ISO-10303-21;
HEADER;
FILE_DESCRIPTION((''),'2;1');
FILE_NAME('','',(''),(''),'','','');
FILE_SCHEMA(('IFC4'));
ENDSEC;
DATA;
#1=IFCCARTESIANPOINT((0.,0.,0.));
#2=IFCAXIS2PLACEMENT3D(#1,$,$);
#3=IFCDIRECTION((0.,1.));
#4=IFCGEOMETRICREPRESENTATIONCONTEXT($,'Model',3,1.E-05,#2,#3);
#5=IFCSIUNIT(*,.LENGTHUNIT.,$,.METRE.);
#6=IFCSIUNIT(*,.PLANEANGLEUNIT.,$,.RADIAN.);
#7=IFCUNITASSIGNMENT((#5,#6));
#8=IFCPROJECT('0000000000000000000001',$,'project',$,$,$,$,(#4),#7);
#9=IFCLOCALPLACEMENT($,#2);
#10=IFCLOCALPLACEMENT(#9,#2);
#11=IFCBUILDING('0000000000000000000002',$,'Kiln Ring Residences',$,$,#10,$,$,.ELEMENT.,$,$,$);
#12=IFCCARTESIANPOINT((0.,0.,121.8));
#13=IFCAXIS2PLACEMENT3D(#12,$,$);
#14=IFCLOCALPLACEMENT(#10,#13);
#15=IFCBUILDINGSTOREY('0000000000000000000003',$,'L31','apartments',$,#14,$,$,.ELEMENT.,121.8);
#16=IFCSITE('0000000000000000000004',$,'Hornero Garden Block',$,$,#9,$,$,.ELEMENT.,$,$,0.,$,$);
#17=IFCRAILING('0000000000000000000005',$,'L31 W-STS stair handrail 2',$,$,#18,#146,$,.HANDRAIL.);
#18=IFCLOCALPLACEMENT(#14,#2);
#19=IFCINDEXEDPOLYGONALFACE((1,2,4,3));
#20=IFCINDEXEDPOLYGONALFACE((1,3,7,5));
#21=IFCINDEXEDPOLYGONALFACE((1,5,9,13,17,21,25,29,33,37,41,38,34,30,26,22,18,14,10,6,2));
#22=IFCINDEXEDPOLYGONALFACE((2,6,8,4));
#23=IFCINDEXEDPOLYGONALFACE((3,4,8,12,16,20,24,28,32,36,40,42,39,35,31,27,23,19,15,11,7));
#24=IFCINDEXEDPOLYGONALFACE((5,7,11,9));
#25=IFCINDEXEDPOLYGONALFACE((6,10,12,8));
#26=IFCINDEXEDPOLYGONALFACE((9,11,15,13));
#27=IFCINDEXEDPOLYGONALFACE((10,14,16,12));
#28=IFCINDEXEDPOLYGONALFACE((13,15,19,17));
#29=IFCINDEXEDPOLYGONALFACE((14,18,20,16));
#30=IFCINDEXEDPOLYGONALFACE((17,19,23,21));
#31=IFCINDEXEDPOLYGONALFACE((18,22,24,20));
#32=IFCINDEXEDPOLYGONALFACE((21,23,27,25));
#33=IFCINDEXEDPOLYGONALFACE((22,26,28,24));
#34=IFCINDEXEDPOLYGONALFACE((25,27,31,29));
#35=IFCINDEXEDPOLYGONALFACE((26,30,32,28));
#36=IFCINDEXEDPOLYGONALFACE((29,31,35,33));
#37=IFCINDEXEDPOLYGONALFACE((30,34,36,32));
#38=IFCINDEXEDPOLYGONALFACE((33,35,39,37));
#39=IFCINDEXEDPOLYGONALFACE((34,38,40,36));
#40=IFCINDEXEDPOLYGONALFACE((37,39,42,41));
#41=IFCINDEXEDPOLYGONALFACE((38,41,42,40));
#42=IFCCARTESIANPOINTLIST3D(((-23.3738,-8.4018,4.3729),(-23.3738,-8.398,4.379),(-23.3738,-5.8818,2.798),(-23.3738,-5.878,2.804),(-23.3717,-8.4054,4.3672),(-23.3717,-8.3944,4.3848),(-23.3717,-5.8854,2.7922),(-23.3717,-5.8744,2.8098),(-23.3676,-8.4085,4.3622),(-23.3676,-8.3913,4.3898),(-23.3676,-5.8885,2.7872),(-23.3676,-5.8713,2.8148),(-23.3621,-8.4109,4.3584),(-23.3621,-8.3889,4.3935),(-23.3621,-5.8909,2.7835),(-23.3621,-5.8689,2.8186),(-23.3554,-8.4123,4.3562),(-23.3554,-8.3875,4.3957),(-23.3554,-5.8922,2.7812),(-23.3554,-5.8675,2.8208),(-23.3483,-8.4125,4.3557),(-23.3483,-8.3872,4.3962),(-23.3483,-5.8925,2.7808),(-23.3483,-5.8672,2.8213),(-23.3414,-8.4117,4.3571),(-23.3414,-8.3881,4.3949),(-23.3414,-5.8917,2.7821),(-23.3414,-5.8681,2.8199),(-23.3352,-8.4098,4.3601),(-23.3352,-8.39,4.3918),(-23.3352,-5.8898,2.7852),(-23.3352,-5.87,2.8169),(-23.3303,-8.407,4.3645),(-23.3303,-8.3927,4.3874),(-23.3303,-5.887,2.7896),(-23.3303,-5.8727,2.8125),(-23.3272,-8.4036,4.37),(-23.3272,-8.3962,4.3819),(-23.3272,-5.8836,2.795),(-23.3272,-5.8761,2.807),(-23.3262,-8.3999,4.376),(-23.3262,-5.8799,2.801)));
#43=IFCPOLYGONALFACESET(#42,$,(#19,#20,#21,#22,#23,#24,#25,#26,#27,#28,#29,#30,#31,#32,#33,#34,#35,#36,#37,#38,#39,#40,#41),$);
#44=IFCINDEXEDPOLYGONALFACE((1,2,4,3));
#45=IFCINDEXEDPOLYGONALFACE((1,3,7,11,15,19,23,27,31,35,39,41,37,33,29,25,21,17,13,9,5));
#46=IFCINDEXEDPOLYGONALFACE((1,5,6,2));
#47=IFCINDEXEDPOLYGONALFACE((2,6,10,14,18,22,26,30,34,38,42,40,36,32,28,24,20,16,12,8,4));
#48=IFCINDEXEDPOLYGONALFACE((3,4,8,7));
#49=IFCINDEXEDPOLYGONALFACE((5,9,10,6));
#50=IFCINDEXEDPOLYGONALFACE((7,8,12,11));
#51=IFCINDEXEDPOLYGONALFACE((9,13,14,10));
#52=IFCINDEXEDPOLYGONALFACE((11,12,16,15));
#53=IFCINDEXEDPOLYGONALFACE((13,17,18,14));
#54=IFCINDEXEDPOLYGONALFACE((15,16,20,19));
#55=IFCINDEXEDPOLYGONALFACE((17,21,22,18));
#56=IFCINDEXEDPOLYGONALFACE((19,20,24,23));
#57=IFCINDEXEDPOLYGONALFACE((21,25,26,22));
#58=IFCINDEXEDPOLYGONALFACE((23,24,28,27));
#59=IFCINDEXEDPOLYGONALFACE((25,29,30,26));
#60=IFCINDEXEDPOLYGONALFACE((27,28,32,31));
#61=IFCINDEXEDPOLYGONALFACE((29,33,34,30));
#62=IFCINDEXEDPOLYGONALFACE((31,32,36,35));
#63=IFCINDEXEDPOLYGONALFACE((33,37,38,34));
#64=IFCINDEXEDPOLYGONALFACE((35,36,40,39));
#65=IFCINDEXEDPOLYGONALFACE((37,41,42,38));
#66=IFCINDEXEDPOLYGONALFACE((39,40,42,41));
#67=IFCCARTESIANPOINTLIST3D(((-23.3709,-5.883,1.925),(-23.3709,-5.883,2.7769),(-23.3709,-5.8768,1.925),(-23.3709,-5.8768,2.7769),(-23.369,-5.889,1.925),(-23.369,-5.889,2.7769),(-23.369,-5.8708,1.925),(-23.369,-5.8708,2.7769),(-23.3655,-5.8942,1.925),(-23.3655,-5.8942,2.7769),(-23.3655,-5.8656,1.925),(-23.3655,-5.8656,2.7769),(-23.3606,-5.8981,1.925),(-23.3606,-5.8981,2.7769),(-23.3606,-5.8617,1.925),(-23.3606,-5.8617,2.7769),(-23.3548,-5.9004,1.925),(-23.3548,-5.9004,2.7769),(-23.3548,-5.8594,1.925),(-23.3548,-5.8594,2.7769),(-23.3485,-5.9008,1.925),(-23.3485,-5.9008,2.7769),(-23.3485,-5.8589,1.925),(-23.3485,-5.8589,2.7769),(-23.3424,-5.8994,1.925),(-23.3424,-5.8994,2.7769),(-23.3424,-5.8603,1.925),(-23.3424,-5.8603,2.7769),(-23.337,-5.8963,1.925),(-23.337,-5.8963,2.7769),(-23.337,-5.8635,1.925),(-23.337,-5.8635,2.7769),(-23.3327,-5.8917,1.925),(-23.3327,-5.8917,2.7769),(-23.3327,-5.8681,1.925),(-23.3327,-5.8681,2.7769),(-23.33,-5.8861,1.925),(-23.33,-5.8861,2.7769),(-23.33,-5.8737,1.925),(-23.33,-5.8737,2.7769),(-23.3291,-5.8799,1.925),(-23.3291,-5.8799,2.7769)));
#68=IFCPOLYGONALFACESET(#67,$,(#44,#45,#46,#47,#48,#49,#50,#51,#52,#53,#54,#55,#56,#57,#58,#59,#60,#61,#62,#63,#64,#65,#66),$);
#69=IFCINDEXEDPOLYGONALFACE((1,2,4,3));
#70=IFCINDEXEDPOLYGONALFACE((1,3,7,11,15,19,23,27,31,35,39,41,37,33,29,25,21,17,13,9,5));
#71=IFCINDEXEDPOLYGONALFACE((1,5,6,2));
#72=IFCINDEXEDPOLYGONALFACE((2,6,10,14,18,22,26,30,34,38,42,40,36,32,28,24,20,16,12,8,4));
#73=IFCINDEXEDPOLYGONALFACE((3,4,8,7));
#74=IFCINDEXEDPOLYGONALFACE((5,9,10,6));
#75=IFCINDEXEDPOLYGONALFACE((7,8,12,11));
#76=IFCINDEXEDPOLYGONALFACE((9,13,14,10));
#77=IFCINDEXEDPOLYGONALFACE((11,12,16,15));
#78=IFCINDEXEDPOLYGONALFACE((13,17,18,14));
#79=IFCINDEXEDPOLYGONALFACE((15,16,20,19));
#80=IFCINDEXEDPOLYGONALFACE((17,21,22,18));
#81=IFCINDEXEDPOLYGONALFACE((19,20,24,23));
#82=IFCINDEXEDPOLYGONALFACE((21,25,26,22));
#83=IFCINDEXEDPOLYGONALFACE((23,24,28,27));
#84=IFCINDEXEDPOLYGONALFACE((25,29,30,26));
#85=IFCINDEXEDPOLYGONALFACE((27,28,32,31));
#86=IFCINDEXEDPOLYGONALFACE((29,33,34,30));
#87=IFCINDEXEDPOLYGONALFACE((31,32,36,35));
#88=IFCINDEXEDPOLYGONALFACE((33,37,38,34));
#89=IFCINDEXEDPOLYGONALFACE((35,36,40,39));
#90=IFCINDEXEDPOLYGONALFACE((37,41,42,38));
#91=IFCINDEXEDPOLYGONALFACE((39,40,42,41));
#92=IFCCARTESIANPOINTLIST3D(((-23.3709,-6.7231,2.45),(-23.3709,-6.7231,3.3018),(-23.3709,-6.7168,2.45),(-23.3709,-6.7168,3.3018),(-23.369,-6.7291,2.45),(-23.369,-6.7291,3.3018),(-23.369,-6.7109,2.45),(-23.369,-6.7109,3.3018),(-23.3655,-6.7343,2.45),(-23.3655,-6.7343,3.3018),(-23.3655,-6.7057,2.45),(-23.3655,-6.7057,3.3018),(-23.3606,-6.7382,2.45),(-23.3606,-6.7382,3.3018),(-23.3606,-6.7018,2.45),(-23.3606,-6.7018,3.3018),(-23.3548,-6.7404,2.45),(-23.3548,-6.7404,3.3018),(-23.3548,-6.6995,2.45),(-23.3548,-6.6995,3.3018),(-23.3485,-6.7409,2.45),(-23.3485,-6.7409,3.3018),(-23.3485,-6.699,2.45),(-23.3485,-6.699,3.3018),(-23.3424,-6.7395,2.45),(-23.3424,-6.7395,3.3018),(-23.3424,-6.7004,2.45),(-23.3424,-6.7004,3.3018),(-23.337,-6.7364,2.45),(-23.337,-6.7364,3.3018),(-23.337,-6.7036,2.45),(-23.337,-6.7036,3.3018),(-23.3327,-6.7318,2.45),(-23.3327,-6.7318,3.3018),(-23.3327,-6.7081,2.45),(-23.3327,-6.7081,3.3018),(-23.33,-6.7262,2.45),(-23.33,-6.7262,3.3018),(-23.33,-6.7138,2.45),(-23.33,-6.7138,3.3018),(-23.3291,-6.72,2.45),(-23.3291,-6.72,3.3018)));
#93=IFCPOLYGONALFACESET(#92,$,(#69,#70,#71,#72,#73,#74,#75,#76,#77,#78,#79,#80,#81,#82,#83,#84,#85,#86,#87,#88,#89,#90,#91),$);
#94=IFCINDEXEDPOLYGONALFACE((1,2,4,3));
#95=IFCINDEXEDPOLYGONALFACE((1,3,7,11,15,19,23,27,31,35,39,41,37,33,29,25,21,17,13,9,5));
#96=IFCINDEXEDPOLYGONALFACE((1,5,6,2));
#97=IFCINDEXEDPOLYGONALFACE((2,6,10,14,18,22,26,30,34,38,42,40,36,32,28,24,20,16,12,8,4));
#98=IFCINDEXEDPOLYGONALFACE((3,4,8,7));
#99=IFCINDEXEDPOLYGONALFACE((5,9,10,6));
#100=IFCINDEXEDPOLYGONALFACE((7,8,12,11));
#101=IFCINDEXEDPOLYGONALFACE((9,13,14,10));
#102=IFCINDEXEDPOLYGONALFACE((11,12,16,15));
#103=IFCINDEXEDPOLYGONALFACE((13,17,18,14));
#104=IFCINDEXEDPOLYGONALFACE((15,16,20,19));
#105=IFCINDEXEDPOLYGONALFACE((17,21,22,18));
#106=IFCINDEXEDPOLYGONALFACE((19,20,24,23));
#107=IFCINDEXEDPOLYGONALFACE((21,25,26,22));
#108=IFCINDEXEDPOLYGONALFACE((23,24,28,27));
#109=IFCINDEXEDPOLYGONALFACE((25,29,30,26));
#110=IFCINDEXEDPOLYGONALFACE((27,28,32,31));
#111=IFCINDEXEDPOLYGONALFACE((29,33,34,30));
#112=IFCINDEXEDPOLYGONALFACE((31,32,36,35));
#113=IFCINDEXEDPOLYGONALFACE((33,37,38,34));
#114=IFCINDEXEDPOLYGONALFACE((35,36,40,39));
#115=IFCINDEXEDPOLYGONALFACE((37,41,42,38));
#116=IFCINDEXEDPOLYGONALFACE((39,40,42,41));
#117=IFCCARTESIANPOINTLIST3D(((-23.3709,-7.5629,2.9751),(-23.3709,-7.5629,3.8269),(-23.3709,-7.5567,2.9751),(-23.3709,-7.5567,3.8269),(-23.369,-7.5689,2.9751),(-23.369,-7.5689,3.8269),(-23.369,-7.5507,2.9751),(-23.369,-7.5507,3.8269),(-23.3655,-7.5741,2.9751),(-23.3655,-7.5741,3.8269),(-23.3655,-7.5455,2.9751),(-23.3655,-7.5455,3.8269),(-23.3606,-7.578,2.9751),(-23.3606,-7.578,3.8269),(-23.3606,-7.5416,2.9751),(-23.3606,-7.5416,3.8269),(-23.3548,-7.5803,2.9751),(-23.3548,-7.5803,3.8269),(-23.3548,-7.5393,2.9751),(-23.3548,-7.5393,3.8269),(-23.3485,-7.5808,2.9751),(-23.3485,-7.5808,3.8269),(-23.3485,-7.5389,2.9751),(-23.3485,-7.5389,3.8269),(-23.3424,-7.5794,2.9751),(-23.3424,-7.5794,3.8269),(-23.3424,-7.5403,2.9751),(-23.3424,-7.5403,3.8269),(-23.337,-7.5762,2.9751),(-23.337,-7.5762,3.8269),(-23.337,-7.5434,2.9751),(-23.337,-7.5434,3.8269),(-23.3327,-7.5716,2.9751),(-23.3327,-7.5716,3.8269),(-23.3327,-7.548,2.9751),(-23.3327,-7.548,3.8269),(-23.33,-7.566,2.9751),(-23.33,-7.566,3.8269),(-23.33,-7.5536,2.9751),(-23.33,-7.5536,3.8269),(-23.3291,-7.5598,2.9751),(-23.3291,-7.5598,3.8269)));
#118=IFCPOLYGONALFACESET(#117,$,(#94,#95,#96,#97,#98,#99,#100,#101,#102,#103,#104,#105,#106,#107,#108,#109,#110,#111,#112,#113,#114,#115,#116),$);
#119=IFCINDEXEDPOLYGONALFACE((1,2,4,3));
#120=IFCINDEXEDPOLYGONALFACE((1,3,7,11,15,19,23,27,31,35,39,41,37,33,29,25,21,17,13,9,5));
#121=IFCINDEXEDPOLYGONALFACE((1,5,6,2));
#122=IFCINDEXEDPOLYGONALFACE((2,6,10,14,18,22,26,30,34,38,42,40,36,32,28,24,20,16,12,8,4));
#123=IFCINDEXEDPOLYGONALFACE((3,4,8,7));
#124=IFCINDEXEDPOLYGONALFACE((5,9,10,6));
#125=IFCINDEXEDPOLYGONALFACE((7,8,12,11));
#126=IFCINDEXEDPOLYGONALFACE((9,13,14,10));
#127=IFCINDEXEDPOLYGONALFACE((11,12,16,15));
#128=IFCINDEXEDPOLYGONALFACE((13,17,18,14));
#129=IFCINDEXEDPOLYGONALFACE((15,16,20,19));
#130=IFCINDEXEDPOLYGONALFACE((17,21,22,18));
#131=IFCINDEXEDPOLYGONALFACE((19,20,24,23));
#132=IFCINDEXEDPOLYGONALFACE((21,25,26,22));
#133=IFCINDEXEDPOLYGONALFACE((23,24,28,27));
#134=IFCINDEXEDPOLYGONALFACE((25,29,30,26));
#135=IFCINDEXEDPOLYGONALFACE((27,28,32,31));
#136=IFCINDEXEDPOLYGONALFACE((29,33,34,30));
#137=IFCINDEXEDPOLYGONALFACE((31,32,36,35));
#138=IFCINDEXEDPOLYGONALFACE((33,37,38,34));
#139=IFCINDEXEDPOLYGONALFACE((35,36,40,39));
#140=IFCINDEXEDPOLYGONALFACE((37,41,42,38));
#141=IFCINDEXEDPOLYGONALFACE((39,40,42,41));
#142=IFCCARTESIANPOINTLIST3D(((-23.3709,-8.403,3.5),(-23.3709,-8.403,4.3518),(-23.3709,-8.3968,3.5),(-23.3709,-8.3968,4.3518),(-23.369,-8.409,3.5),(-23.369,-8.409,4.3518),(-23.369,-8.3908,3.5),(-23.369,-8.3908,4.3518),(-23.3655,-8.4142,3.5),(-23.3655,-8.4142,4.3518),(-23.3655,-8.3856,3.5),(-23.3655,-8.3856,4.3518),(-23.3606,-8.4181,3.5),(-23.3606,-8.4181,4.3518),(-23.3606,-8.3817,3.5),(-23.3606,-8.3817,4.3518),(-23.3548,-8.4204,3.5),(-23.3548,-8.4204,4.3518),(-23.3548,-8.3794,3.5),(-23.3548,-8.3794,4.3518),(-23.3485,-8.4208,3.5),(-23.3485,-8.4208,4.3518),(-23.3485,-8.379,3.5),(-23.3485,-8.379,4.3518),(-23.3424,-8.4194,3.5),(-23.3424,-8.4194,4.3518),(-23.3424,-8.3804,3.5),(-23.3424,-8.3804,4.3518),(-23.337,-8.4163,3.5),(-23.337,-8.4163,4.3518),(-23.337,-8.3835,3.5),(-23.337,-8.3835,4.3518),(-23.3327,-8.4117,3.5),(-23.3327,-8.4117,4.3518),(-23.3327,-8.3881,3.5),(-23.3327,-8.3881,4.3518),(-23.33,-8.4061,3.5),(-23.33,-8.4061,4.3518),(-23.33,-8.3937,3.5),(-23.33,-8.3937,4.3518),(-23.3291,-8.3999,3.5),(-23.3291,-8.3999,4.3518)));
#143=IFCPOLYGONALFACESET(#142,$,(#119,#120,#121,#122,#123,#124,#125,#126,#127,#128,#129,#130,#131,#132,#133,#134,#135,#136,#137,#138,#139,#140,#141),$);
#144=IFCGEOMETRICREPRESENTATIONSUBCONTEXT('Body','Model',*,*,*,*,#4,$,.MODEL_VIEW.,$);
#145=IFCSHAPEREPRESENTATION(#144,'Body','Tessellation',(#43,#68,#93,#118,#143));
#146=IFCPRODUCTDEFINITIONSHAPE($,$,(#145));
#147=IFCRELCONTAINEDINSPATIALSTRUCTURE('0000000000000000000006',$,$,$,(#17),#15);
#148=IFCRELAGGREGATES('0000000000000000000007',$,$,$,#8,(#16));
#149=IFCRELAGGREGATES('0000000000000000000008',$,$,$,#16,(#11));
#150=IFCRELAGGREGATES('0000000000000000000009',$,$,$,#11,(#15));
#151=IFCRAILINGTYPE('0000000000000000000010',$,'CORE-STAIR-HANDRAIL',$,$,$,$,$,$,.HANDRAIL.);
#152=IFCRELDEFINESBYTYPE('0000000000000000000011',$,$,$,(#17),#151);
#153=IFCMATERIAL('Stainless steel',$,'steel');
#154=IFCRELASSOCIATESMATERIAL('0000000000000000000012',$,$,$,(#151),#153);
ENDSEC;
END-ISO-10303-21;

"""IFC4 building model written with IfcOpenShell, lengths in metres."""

from ifc_helpers import new_model, si_unit, direction, frame, origin, origin_2d, place, context, subcontext, project, spatial, circle, extrude, material, type_object, element, save


model = new_model("IFC4")

# Units and contexts
model_context = context("Model", 3, precision=1e-05, world=origin(), true_north=direction((0.0, 1.0)))
body_context = subcontext(model_context, "Body", "Model", "MODEL_VIEW")
ifc_project = project(units=[si_unit("LENGTHUNIT", "METRE"), si_unit("PLANEANGLEUNIT", "RADIAN")], contexts=[model_context])

# Site, building, storey
site_placement = place(None, origin())
site = spatial("IfcSite", under=ifc_project, at=site_placement, Name="Hornero Garden Block", CompositionType="ELEMENT", RefElevation=0.0)
building_placement = place(site_placement, origin())
building = spatial("IfcBuilding", under=site, at=building_placement, Name="Kiln Ring Residences", CompositionType="ELEMENT")
storey_placement = place(building_placement, frame((0.0, 0.0, 121.8)))
storey = spatial("IfcBuildingStorey", under=building, at=storey_placement, Name="L31", Description="apartments", CompositionType="ELEMENT", Elevation=121.8)

# Railing
ifc_material_1 = material(Name="Stainless steel", Category="steel")
railing_type_1 = type_object("IfcRailingType", Name="CORE-STAIR-HANDRAIL", PredefinedType="HANDRAIL", material=ifc_material_1)
railing_1_placement = place(storey_placement, frame((-23.3501, -5.8799, 1.925)))
element("IfcRailing", 1, at=railing_1_placement, inside=storey, type_object=railing_type_1, Name="L31 W-STS stair handrail 2", PredefinedType="HANDRAIL", context=body_context, shape_type="SweptSolid", body=[
    extrude(circle(Radius=0.0239, at=origin_2d()), frame((0.0, 0.0, 0.876), z_axis=(0.0, -0.848008, 0.529984), x_axis=(1.0, 0.0, 0.0)), (0.0, 0.0, 1.0), 2.9717),
    extrude(circle(Radius=0.021, at=origin_2d()), origin(), (0.0, 0.0, 1.0), 0.8518),
    extrude(circle(Radius=0.021, at=origin_2d()), frame((0.0, -0.8401, 0.5249)), (0.0, 0.0, 1.0), 0.8518),
    extrude(circle(Radius=0.021, at=origin_2d()), frame((0.0, -1.6799, 1.05)), (0.0, 0.0, 1.0), 0.8518),
    extrude(circle(Radius=0.021, at=origin_2d()), frame((0.0, -2.52, 1.575)), (0.0, 0.0, 1.0), 0.8518),
])

save(model, "model.ifc")
